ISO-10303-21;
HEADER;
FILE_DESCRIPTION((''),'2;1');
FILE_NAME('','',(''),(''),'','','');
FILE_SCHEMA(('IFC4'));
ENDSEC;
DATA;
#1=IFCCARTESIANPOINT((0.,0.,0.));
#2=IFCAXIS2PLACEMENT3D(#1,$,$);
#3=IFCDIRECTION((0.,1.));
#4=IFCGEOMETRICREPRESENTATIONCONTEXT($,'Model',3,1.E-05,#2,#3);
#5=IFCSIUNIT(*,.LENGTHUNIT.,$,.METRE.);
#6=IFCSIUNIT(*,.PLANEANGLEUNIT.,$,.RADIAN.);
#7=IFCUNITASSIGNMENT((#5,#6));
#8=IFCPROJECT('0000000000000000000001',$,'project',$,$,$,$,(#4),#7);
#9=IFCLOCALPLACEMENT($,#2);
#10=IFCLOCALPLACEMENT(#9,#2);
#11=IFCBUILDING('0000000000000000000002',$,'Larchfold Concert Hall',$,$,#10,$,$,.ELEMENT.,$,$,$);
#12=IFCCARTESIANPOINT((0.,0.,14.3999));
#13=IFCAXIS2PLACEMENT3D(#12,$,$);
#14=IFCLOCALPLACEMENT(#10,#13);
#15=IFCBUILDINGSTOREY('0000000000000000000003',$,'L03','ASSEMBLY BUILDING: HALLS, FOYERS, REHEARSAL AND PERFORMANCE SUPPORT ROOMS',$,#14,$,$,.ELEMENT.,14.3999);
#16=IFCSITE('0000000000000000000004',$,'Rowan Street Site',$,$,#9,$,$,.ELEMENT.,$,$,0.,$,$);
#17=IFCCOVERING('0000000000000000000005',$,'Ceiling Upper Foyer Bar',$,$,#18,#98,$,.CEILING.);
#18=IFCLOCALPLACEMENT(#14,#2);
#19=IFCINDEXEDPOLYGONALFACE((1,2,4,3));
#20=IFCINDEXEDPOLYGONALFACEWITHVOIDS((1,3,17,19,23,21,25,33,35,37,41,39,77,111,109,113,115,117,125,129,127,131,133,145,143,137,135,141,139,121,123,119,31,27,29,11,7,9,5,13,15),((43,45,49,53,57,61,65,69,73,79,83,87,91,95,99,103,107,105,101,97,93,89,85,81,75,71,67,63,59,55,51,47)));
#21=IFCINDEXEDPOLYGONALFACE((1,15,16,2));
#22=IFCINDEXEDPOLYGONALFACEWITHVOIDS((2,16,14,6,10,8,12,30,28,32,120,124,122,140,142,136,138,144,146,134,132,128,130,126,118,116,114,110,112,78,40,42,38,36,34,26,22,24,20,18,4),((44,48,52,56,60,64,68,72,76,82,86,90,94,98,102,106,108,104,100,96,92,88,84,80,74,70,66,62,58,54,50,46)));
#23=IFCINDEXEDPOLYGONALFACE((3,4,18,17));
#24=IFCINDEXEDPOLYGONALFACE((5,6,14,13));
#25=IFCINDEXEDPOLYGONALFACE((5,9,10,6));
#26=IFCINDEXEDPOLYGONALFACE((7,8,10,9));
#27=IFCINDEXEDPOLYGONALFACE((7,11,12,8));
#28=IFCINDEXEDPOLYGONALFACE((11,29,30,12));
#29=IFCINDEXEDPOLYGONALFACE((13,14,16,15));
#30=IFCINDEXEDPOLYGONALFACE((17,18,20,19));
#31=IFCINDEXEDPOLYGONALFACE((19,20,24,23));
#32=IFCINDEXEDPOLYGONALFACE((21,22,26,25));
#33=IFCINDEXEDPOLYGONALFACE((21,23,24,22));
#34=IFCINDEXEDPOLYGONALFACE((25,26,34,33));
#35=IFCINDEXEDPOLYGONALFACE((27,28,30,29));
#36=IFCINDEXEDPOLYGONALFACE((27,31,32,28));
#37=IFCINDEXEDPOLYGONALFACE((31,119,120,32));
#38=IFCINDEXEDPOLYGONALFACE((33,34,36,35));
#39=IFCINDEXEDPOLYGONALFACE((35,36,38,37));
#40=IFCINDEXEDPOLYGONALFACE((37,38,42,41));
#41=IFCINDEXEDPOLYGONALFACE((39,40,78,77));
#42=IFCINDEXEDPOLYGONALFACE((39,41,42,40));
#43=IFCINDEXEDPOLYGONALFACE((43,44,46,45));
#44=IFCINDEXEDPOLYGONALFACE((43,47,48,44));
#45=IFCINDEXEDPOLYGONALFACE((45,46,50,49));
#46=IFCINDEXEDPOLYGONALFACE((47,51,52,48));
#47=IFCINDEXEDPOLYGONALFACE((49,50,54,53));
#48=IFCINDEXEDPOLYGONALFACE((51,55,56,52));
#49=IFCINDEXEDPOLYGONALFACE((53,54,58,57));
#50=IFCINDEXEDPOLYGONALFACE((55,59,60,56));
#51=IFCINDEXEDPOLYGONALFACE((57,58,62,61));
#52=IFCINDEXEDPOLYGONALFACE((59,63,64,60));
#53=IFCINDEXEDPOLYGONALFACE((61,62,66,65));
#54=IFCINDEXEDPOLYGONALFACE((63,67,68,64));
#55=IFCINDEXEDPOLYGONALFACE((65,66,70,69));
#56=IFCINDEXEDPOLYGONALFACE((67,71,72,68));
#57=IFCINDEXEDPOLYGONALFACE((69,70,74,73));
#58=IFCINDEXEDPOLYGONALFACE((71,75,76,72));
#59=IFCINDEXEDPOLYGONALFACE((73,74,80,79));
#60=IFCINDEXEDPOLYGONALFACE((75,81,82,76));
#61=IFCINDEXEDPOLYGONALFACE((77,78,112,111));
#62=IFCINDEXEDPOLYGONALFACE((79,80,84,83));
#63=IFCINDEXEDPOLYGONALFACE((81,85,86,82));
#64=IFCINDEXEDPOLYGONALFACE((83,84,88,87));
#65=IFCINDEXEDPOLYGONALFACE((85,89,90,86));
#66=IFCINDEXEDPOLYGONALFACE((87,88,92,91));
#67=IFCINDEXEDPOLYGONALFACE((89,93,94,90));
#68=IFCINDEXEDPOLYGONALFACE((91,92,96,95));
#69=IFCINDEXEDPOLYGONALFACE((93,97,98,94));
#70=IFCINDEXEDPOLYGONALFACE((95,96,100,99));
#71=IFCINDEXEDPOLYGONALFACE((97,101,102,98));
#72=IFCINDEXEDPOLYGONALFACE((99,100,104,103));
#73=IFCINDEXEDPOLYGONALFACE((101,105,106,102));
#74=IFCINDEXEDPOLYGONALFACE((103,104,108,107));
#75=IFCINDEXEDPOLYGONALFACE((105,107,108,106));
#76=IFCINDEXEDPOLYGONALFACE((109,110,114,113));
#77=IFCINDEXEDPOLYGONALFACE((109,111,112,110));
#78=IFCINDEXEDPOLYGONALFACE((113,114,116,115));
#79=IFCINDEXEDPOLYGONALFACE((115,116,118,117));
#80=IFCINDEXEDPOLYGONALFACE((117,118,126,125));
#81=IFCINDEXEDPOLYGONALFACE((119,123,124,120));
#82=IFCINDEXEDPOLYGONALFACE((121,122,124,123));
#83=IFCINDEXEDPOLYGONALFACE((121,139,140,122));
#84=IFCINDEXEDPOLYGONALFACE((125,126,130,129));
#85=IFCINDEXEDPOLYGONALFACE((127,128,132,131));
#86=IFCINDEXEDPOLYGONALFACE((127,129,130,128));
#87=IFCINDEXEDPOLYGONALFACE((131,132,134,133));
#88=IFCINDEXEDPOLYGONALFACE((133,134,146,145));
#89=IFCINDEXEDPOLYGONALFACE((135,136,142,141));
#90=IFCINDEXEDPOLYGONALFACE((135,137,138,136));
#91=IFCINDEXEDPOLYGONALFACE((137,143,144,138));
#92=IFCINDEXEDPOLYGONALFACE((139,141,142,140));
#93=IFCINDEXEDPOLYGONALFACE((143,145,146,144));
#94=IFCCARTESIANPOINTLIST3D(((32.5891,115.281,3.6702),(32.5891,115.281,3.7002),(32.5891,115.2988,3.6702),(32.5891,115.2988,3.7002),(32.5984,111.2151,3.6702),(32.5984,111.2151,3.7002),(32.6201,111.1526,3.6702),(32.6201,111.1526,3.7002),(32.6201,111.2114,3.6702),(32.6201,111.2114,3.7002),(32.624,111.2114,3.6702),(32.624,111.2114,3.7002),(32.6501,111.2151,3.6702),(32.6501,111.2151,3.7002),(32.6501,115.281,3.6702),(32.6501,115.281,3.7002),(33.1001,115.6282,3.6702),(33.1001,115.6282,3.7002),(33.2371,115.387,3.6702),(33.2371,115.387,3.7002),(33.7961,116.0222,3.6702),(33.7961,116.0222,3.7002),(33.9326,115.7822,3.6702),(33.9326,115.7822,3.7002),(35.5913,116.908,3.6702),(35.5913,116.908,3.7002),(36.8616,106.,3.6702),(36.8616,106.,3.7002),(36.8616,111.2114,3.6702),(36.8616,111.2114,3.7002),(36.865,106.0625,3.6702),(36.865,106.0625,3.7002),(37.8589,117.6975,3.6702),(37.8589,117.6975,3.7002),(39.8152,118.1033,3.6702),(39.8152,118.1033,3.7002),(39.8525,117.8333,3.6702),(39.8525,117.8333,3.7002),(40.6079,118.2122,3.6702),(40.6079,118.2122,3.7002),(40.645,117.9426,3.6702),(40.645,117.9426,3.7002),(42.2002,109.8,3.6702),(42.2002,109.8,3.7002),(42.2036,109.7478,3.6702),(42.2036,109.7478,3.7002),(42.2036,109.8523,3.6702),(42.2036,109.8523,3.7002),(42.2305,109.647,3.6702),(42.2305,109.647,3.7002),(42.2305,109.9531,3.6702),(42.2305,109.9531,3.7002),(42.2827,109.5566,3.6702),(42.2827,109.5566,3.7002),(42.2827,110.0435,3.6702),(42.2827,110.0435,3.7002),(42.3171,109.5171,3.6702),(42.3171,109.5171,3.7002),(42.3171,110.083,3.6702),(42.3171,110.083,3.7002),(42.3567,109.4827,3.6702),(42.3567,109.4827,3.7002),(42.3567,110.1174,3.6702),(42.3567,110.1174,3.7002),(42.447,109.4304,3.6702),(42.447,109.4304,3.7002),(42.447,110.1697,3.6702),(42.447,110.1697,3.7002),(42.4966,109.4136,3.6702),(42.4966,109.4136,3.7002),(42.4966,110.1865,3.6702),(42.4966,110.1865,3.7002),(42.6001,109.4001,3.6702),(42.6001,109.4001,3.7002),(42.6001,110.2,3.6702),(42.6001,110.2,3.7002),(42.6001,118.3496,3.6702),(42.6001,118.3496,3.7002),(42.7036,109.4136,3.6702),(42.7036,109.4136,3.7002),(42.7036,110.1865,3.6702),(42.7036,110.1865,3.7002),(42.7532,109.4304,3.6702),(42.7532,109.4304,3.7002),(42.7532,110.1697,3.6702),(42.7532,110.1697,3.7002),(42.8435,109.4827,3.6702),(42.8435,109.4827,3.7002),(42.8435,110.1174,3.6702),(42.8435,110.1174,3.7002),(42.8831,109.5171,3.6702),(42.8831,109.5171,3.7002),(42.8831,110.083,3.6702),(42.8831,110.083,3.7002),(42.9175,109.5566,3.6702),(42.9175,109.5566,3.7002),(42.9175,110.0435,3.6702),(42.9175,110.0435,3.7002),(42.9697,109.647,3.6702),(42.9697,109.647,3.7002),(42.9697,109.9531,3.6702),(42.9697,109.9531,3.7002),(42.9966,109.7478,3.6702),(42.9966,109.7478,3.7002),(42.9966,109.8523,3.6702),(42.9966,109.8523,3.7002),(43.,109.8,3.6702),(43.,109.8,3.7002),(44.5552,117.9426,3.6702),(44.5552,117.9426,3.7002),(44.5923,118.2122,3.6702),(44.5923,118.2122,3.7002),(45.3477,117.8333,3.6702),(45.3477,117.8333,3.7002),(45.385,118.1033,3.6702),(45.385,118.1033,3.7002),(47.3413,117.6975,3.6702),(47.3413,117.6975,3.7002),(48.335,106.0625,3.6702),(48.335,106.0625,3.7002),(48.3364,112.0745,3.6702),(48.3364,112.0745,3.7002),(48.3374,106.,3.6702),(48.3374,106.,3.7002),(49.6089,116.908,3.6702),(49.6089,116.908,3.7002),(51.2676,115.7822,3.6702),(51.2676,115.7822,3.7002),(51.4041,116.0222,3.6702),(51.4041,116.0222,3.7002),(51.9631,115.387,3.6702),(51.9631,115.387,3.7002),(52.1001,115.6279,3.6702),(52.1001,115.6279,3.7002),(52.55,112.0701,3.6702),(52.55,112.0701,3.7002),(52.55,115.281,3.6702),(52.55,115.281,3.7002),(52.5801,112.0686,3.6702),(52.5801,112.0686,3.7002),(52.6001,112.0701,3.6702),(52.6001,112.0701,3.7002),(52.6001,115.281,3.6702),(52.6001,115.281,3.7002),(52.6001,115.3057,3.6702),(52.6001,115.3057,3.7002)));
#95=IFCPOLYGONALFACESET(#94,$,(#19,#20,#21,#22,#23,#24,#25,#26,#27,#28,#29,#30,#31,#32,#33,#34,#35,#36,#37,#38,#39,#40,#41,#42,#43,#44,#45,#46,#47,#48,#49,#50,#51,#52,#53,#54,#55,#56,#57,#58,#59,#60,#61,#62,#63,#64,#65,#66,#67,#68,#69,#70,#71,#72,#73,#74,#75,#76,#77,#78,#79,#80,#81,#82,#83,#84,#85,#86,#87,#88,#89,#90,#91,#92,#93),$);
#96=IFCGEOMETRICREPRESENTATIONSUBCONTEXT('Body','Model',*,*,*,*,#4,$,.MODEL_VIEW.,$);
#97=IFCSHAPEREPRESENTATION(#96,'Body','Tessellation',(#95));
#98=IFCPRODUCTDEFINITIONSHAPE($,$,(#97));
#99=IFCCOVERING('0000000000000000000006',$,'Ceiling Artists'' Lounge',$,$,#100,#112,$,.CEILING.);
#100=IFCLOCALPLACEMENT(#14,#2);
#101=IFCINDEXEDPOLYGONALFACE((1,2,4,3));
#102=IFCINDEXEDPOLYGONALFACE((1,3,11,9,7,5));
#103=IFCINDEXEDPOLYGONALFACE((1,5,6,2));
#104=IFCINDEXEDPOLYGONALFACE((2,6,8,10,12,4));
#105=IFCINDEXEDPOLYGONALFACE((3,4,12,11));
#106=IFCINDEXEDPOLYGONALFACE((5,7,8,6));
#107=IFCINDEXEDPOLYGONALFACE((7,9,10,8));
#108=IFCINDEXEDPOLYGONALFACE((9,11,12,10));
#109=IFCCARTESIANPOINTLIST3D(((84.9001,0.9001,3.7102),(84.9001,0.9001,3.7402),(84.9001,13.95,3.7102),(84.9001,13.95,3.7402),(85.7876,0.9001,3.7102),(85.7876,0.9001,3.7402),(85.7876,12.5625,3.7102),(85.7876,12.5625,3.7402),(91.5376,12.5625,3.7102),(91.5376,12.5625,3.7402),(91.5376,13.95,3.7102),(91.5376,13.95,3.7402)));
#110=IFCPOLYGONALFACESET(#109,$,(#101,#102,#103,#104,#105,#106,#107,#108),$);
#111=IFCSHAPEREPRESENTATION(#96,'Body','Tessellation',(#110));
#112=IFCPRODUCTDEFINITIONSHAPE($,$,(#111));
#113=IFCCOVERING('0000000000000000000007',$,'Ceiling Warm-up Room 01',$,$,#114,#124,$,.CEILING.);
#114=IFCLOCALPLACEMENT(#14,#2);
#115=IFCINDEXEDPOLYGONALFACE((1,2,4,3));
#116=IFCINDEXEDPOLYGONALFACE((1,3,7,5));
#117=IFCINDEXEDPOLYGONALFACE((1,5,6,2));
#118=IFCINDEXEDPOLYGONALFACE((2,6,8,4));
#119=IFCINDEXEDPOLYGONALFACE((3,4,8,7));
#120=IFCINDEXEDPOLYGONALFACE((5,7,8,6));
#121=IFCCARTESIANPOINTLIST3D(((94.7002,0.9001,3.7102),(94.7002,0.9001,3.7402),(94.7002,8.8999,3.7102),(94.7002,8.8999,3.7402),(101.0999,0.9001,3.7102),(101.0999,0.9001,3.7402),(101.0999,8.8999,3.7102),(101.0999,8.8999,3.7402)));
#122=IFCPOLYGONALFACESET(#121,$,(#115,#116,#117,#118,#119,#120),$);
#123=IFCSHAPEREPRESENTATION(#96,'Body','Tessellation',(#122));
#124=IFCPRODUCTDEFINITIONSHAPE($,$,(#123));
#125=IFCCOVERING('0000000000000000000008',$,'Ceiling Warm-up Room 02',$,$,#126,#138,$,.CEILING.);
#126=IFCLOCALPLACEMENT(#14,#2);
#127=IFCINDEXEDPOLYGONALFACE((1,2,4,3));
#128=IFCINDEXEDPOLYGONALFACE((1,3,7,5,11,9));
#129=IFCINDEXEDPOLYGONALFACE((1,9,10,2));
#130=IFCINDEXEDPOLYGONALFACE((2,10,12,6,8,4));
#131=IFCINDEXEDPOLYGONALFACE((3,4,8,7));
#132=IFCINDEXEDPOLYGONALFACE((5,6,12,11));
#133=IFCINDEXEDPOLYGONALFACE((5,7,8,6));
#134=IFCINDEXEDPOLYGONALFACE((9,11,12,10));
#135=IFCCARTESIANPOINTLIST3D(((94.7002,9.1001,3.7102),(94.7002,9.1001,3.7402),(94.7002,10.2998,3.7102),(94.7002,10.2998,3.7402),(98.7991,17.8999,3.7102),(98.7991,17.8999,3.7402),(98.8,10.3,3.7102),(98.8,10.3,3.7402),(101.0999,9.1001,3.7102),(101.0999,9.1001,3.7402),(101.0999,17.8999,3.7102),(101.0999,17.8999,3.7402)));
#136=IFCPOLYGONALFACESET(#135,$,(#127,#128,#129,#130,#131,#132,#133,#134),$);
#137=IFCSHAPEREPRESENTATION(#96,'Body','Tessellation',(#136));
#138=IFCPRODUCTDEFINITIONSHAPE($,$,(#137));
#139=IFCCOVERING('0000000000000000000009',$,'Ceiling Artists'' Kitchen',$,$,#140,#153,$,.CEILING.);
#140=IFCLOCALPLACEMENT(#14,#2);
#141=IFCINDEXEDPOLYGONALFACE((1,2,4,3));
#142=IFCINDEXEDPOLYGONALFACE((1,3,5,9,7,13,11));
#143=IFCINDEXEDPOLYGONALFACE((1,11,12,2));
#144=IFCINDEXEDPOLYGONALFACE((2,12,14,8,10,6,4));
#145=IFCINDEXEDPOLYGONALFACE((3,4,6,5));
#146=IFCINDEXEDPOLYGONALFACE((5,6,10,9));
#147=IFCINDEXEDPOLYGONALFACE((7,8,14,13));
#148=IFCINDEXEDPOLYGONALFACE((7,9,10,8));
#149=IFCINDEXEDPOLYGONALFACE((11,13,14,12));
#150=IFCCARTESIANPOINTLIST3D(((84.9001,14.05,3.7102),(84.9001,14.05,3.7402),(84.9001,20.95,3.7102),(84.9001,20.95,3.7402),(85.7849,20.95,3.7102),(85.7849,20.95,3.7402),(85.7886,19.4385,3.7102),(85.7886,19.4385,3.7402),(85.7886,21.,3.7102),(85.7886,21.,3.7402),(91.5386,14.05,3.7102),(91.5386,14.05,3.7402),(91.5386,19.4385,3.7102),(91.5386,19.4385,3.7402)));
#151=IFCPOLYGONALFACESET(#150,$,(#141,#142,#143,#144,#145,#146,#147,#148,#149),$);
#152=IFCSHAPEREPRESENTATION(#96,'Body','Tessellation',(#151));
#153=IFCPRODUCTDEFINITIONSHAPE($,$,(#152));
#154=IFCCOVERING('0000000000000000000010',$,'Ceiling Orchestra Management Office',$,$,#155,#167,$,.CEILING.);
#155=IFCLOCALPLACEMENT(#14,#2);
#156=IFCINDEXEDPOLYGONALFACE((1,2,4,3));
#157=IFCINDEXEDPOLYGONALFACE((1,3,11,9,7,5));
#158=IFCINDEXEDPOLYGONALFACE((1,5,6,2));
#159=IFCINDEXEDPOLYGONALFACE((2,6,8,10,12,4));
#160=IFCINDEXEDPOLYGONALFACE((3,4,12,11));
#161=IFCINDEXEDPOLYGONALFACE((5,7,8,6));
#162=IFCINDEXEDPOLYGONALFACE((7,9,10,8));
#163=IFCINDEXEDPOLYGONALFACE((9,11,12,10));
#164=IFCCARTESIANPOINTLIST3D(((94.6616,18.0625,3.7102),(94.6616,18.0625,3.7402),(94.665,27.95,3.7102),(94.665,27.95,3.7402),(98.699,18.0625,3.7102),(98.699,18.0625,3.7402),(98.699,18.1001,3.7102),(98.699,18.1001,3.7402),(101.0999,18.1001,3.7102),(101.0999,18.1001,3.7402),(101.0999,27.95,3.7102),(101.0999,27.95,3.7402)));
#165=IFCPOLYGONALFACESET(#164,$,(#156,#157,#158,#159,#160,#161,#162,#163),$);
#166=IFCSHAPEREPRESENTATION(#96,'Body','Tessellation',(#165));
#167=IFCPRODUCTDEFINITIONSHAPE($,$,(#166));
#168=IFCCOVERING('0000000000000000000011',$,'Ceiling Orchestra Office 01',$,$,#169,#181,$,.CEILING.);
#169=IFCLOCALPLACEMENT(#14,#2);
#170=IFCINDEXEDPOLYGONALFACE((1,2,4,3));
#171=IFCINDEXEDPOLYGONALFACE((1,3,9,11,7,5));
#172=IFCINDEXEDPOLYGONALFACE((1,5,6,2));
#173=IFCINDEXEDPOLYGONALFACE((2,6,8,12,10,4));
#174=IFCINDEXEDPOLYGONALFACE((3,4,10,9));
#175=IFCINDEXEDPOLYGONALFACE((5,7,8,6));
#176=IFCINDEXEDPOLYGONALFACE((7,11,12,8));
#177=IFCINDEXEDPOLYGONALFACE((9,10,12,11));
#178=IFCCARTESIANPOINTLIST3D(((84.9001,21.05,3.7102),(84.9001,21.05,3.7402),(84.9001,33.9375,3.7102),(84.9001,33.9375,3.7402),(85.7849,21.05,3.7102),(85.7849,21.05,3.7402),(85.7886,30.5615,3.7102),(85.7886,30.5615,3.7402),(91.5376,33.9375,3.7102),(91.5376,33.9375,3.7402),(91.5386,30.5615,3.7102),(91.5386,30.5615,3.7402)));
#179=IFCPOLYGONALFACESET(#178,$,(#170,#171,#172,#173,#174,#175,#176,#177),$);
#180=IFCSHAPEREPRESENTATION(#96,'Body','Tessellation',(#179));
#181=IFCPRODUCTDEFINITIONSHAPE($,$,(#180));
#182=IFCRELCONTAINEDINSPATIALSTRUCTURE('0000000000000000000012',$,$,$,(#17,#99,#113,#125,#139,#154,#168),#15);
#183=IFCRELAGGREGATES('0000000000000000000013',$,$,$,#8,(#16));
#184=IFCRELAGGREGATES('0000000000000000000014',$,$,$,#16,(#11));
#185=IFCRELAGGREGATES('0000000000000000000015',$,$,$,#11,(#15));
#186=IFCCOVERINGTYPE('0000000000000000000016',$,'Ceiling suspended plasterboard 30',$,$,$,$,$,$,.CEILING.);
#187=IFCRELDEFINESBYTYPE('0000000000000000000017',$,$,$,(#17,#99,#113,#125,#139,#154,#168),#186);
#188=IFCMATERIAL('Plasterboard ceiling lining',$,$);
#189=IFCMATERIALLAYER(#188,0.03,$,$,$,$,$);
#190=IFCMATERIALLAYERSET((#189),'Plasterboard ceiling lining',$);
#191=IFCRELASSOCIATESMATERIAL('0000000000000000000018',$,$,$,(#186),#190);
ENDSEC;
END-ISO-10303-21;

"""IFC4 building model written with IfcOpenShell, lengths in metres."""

from ifc_helpers import new_model, si_unit, direction, frame, origin, place, context, subcontext, project, spatial, polyline, outline, extrude, material, layer, layer_set, type_object, element, save


model = new_model("IFC4")

# Units and contexts
model_context = context("Model", 3, precision=1e-05, world=origin(), true_north=direction((0.0, 1.0)))
body_context = subcontext(model_context, "Body", "Model", "MODEL_VIEW")
ifc_project = project(units=[si_unit("LENGTHUNIT", "METRE"), si_unit("PLANEANGLEUNIT", "RADIAN")], contexts=[model_context])

# Site, building, storey
site_placement = place(None, origin())
site = spatial("IfcSite", under=ifc_project, at=site_placement, Name="Rowan Street Site", CompositionType="ELEMENT", RefElevation=0.0)
building_placement = place(site_placement, origin())
building = spatial("IfcBuilding", under=site, at=building_placement, Name="Larchfold Concert Hall", CompositionType="ELEMENT")
storey_placement = place(building_placement, frame((0.0, 0.0, 14.3999)))
storey = spatial("IfcBuildingStorey", under=building, at=storey_placement, Name="L03", Description="ASSEMBLY BUILDING: HALLS, FOYERS, REHEARSAL AND PERFORMANCE SUPPORT ROOMS", CompositionType="ELEMENT", Elevation=14.3999)

# Coverings
ifc_material_1 = material(Name="Plasterboard ceiling lining")
ifc_layer_1 = layer(ifc_material_1, 0.03)
ifc_layer_set_1 = layer_set([ifc_layer_1], Name="Plasterboard ceiling lining")
covering_type_1 = type_object("IfcCoveringType", Name="Ceiling suspended plasterboard 30", PredefinedType="CEILING", material=ifc_layer_set_1)
covering_1_placement = place(storey_placement, frame((0.0, 0.0, 3.6702)))
element("IfcCovering", 1, at=covering_1_placement, inside=storey, type_object=covering_type_1, Name="Ceiling Upper Foyer Bar", PredefinedType="CEILING", context=body_context, shape_type="SweptSolid", body=[
    extrude(outline(polyline([(32.5984, 111.2151), (32.6201, 111.2114), (32.6201, 111.1526), (32.624, 111.2114), (36.8616, 111.2114), (36.8616, 106.0), (36.865, 106.0625), (48.335, 106.0625), (48.3374, 106.0), (48.3364, 112.0745), (52.5801, 112.0686), (52.6001, 112.0701), (52.55, 112.0701), (52.55, 115.281), (52.6001, 115.281), (52.6001, 115.3057), (52.1001, 115.6279), (51.9631, 115.387), (51.2676, 115.7822), (51.4041, 116.0222), (49.6089, 116.908), (47.3413, 117.6975), (45.385, 118.1033), (45.3477, 117.8333), (44.5552, 117.9426), (44.5923, 118.2122), (42.6001, 118.3496), (40.6079, 118.2122), (40.645, 117.9426), (39.8525, 117.8333), (39.8152, 118.1033), (37.8589, 117.6975), (35.5913, 116.908), (33.7961, 116.0222), (33.9326, 115.7822), (33.2371, 115.387), (33.1001, 115.6282), (32.5891, 115.2988), (32.5891, 115.281), (32.6501, 115.281), (32.6501, 111.2151), (32.5984, 111.2151)]), holes=[polyline([(42.4966, 109.4136), (42.447, 109.4304), (42.3567, 109.4827), (42.3171, 109.5171), (42.2827, 109.5566), (42.2305, 109.647), (42.2036, 109.7478), (42.2002, 109.8), (42.2036, 109.8523), (42.2305, 109.9531), (42.2827, 110.0435), (42.3171, 110.083), (42.3567, 110.1174), (42.447, 110.1697), (42.4966, 110.1865), (42.6001, 110.2), (42.7036, 110.1865), (42.7532, 110.1697), (42.8435, 110.1174), (42.8831, 110.083), (42.9175, 110.0435), (42.9697, 109.9531), (42.9966, 109.8523), (43.0, 109.8), (42.9966, 109.7478), (42.9697, 109.647), (42.9175, 109.5566), (42.8831, 109.5171), (42.8435, 109.4827), (42.7532, 109.4304), (42.7036, 109.4136), (42.6001, 109.4001), (42.4966, 109.4136)])]), origin(), (0.0, 0.0, 1.0), 0.03),
])
covering_2_placement = place(storey_placement, frame((0.0, 0.0, 3.7102)))
element("IfcCovering", 2, at=covering_2_placement, inside=storey, type_object=covering_type_1, Name="Ceiling Artists' Lounge", PredefinedType="CEILING", context=body_context, shape_type="SweptSolid", body=[
    extrude(outline(polyline([(84.9001, 13.95), (84.9001, 0.9001), (85.7876, 0.9001), (85.7876, 12.5625), (91.5376, 12.5625), (91.5376, 13.95), (84.9001, 13.95)])), origin(), (0.0, 0.0, 1.0), 0.03),
])
covering_3_placement = place(storey_placement, frame((0.0, 0.0, 3.7102)))
element("IfcCovering", 3, at=covering_3_placement, inside=storey, type_object=covering_type_1, Name="Ceiling Warm-up Room 01", PredefinedType="CEILING", context=body_context, shape_type="SweptSolid", body=[
    extrude(outline(polyline([(101.0999, 0.9001), (101.0999, 8.8999), (94.7002, 8.8999), (94.7002, 0.9001), (101.0999, 0.9001)])), origin(), (0.0, 0.0, 1.0), 0.03),
])
covering_4_placement = place(storey_placement, frame((0.0, 0.0, 3.7102)))
element("IfcCovering", 4, at=covering_4_placement, inside=storey, type_object=covering_type_1, Name="Ceiling Warm-up Room 02", PredefinedType="CEILING", context=body_context, shape_type="SweptSolid", body=[
    extrude(outline(polyline([(94.7002, 10.2998), (94.7002, 9.1001), (101.0999, 9.1001), (101.0999, 17.8999), (98.7991, 17.8999), (98.8, 10.3), (94.7002, 10.2998)])), origin(), (0.0, 0.0, 1.0), 0.03),
])
covering_5_placement = place(storey_placement, frame((0.0, 0.0, 3.7102)))
element("IfcCovering", 5, at=covering_5_placement, inside=storey, type_object=covering_type_1, Name="Ceiling Artists' Kitchen", PredefinedType="CEILING", context=body_context, shape_type="SweptSolid", body=[
    extrude(outline(polyline([(84.9001, 20.95), (84.9001, 14.05), (91.5386, 14.05), (91.5386, 19.4385), (85.7886, 19.4385), (85.7886, 21.0), (85.7849, 20.95), (84.9001, 20.95)])), origin(), (0.0, 0.0, 1.0), 0.03),
])
covering_6_placement = place(storey_placement, frame((0.0, 0.0, 3.7102)))
element("IfcCovering", 6, at=covering_6_placement, inside=storey, type_object=covering_type_1, Name="Ceiling Orchestra Management Office", PredefinedType="CEILING", context=body_context, shape_type="SweptSolid", body=[
    extrude(outline(polyline([(94.665, 28.0), (94.6616, 18.0625), (98.699, 18.0625), (98.699, 18.1001), (101.0999, 18.1001), (101.0999, 27.95), (94.665, 27.95), (94.665, 28.0)])), origin(), (0.0, 0.0, 1.0), 0.03),
])
covering_7_placement = place(storey_placement, frame((0.0, 0.0, 3.7102)))
element("IfcCovering", 7, at=covering_7_placement, inside=storey, type_object=covering_type_1, Name="Ceiling Orchestra Office 01", PredefinedType="CEILING", context=body_context, shape_type="SweptSolid", body=[
    extrude(outline(polyline([(85.7849, 21.0), (85.7886, 30.5615), (91.5386, 30.5615), (91.5376, 34.0), (91.5376, 33.9375), (84.9001, 33.9375), (84.9001, 21.05), (85.7849, 21.05), (85.7849, 21.0)])), origin(), (0.0, 0.0, 1.0), 0.03),
])

save(model, "model.ifc")
